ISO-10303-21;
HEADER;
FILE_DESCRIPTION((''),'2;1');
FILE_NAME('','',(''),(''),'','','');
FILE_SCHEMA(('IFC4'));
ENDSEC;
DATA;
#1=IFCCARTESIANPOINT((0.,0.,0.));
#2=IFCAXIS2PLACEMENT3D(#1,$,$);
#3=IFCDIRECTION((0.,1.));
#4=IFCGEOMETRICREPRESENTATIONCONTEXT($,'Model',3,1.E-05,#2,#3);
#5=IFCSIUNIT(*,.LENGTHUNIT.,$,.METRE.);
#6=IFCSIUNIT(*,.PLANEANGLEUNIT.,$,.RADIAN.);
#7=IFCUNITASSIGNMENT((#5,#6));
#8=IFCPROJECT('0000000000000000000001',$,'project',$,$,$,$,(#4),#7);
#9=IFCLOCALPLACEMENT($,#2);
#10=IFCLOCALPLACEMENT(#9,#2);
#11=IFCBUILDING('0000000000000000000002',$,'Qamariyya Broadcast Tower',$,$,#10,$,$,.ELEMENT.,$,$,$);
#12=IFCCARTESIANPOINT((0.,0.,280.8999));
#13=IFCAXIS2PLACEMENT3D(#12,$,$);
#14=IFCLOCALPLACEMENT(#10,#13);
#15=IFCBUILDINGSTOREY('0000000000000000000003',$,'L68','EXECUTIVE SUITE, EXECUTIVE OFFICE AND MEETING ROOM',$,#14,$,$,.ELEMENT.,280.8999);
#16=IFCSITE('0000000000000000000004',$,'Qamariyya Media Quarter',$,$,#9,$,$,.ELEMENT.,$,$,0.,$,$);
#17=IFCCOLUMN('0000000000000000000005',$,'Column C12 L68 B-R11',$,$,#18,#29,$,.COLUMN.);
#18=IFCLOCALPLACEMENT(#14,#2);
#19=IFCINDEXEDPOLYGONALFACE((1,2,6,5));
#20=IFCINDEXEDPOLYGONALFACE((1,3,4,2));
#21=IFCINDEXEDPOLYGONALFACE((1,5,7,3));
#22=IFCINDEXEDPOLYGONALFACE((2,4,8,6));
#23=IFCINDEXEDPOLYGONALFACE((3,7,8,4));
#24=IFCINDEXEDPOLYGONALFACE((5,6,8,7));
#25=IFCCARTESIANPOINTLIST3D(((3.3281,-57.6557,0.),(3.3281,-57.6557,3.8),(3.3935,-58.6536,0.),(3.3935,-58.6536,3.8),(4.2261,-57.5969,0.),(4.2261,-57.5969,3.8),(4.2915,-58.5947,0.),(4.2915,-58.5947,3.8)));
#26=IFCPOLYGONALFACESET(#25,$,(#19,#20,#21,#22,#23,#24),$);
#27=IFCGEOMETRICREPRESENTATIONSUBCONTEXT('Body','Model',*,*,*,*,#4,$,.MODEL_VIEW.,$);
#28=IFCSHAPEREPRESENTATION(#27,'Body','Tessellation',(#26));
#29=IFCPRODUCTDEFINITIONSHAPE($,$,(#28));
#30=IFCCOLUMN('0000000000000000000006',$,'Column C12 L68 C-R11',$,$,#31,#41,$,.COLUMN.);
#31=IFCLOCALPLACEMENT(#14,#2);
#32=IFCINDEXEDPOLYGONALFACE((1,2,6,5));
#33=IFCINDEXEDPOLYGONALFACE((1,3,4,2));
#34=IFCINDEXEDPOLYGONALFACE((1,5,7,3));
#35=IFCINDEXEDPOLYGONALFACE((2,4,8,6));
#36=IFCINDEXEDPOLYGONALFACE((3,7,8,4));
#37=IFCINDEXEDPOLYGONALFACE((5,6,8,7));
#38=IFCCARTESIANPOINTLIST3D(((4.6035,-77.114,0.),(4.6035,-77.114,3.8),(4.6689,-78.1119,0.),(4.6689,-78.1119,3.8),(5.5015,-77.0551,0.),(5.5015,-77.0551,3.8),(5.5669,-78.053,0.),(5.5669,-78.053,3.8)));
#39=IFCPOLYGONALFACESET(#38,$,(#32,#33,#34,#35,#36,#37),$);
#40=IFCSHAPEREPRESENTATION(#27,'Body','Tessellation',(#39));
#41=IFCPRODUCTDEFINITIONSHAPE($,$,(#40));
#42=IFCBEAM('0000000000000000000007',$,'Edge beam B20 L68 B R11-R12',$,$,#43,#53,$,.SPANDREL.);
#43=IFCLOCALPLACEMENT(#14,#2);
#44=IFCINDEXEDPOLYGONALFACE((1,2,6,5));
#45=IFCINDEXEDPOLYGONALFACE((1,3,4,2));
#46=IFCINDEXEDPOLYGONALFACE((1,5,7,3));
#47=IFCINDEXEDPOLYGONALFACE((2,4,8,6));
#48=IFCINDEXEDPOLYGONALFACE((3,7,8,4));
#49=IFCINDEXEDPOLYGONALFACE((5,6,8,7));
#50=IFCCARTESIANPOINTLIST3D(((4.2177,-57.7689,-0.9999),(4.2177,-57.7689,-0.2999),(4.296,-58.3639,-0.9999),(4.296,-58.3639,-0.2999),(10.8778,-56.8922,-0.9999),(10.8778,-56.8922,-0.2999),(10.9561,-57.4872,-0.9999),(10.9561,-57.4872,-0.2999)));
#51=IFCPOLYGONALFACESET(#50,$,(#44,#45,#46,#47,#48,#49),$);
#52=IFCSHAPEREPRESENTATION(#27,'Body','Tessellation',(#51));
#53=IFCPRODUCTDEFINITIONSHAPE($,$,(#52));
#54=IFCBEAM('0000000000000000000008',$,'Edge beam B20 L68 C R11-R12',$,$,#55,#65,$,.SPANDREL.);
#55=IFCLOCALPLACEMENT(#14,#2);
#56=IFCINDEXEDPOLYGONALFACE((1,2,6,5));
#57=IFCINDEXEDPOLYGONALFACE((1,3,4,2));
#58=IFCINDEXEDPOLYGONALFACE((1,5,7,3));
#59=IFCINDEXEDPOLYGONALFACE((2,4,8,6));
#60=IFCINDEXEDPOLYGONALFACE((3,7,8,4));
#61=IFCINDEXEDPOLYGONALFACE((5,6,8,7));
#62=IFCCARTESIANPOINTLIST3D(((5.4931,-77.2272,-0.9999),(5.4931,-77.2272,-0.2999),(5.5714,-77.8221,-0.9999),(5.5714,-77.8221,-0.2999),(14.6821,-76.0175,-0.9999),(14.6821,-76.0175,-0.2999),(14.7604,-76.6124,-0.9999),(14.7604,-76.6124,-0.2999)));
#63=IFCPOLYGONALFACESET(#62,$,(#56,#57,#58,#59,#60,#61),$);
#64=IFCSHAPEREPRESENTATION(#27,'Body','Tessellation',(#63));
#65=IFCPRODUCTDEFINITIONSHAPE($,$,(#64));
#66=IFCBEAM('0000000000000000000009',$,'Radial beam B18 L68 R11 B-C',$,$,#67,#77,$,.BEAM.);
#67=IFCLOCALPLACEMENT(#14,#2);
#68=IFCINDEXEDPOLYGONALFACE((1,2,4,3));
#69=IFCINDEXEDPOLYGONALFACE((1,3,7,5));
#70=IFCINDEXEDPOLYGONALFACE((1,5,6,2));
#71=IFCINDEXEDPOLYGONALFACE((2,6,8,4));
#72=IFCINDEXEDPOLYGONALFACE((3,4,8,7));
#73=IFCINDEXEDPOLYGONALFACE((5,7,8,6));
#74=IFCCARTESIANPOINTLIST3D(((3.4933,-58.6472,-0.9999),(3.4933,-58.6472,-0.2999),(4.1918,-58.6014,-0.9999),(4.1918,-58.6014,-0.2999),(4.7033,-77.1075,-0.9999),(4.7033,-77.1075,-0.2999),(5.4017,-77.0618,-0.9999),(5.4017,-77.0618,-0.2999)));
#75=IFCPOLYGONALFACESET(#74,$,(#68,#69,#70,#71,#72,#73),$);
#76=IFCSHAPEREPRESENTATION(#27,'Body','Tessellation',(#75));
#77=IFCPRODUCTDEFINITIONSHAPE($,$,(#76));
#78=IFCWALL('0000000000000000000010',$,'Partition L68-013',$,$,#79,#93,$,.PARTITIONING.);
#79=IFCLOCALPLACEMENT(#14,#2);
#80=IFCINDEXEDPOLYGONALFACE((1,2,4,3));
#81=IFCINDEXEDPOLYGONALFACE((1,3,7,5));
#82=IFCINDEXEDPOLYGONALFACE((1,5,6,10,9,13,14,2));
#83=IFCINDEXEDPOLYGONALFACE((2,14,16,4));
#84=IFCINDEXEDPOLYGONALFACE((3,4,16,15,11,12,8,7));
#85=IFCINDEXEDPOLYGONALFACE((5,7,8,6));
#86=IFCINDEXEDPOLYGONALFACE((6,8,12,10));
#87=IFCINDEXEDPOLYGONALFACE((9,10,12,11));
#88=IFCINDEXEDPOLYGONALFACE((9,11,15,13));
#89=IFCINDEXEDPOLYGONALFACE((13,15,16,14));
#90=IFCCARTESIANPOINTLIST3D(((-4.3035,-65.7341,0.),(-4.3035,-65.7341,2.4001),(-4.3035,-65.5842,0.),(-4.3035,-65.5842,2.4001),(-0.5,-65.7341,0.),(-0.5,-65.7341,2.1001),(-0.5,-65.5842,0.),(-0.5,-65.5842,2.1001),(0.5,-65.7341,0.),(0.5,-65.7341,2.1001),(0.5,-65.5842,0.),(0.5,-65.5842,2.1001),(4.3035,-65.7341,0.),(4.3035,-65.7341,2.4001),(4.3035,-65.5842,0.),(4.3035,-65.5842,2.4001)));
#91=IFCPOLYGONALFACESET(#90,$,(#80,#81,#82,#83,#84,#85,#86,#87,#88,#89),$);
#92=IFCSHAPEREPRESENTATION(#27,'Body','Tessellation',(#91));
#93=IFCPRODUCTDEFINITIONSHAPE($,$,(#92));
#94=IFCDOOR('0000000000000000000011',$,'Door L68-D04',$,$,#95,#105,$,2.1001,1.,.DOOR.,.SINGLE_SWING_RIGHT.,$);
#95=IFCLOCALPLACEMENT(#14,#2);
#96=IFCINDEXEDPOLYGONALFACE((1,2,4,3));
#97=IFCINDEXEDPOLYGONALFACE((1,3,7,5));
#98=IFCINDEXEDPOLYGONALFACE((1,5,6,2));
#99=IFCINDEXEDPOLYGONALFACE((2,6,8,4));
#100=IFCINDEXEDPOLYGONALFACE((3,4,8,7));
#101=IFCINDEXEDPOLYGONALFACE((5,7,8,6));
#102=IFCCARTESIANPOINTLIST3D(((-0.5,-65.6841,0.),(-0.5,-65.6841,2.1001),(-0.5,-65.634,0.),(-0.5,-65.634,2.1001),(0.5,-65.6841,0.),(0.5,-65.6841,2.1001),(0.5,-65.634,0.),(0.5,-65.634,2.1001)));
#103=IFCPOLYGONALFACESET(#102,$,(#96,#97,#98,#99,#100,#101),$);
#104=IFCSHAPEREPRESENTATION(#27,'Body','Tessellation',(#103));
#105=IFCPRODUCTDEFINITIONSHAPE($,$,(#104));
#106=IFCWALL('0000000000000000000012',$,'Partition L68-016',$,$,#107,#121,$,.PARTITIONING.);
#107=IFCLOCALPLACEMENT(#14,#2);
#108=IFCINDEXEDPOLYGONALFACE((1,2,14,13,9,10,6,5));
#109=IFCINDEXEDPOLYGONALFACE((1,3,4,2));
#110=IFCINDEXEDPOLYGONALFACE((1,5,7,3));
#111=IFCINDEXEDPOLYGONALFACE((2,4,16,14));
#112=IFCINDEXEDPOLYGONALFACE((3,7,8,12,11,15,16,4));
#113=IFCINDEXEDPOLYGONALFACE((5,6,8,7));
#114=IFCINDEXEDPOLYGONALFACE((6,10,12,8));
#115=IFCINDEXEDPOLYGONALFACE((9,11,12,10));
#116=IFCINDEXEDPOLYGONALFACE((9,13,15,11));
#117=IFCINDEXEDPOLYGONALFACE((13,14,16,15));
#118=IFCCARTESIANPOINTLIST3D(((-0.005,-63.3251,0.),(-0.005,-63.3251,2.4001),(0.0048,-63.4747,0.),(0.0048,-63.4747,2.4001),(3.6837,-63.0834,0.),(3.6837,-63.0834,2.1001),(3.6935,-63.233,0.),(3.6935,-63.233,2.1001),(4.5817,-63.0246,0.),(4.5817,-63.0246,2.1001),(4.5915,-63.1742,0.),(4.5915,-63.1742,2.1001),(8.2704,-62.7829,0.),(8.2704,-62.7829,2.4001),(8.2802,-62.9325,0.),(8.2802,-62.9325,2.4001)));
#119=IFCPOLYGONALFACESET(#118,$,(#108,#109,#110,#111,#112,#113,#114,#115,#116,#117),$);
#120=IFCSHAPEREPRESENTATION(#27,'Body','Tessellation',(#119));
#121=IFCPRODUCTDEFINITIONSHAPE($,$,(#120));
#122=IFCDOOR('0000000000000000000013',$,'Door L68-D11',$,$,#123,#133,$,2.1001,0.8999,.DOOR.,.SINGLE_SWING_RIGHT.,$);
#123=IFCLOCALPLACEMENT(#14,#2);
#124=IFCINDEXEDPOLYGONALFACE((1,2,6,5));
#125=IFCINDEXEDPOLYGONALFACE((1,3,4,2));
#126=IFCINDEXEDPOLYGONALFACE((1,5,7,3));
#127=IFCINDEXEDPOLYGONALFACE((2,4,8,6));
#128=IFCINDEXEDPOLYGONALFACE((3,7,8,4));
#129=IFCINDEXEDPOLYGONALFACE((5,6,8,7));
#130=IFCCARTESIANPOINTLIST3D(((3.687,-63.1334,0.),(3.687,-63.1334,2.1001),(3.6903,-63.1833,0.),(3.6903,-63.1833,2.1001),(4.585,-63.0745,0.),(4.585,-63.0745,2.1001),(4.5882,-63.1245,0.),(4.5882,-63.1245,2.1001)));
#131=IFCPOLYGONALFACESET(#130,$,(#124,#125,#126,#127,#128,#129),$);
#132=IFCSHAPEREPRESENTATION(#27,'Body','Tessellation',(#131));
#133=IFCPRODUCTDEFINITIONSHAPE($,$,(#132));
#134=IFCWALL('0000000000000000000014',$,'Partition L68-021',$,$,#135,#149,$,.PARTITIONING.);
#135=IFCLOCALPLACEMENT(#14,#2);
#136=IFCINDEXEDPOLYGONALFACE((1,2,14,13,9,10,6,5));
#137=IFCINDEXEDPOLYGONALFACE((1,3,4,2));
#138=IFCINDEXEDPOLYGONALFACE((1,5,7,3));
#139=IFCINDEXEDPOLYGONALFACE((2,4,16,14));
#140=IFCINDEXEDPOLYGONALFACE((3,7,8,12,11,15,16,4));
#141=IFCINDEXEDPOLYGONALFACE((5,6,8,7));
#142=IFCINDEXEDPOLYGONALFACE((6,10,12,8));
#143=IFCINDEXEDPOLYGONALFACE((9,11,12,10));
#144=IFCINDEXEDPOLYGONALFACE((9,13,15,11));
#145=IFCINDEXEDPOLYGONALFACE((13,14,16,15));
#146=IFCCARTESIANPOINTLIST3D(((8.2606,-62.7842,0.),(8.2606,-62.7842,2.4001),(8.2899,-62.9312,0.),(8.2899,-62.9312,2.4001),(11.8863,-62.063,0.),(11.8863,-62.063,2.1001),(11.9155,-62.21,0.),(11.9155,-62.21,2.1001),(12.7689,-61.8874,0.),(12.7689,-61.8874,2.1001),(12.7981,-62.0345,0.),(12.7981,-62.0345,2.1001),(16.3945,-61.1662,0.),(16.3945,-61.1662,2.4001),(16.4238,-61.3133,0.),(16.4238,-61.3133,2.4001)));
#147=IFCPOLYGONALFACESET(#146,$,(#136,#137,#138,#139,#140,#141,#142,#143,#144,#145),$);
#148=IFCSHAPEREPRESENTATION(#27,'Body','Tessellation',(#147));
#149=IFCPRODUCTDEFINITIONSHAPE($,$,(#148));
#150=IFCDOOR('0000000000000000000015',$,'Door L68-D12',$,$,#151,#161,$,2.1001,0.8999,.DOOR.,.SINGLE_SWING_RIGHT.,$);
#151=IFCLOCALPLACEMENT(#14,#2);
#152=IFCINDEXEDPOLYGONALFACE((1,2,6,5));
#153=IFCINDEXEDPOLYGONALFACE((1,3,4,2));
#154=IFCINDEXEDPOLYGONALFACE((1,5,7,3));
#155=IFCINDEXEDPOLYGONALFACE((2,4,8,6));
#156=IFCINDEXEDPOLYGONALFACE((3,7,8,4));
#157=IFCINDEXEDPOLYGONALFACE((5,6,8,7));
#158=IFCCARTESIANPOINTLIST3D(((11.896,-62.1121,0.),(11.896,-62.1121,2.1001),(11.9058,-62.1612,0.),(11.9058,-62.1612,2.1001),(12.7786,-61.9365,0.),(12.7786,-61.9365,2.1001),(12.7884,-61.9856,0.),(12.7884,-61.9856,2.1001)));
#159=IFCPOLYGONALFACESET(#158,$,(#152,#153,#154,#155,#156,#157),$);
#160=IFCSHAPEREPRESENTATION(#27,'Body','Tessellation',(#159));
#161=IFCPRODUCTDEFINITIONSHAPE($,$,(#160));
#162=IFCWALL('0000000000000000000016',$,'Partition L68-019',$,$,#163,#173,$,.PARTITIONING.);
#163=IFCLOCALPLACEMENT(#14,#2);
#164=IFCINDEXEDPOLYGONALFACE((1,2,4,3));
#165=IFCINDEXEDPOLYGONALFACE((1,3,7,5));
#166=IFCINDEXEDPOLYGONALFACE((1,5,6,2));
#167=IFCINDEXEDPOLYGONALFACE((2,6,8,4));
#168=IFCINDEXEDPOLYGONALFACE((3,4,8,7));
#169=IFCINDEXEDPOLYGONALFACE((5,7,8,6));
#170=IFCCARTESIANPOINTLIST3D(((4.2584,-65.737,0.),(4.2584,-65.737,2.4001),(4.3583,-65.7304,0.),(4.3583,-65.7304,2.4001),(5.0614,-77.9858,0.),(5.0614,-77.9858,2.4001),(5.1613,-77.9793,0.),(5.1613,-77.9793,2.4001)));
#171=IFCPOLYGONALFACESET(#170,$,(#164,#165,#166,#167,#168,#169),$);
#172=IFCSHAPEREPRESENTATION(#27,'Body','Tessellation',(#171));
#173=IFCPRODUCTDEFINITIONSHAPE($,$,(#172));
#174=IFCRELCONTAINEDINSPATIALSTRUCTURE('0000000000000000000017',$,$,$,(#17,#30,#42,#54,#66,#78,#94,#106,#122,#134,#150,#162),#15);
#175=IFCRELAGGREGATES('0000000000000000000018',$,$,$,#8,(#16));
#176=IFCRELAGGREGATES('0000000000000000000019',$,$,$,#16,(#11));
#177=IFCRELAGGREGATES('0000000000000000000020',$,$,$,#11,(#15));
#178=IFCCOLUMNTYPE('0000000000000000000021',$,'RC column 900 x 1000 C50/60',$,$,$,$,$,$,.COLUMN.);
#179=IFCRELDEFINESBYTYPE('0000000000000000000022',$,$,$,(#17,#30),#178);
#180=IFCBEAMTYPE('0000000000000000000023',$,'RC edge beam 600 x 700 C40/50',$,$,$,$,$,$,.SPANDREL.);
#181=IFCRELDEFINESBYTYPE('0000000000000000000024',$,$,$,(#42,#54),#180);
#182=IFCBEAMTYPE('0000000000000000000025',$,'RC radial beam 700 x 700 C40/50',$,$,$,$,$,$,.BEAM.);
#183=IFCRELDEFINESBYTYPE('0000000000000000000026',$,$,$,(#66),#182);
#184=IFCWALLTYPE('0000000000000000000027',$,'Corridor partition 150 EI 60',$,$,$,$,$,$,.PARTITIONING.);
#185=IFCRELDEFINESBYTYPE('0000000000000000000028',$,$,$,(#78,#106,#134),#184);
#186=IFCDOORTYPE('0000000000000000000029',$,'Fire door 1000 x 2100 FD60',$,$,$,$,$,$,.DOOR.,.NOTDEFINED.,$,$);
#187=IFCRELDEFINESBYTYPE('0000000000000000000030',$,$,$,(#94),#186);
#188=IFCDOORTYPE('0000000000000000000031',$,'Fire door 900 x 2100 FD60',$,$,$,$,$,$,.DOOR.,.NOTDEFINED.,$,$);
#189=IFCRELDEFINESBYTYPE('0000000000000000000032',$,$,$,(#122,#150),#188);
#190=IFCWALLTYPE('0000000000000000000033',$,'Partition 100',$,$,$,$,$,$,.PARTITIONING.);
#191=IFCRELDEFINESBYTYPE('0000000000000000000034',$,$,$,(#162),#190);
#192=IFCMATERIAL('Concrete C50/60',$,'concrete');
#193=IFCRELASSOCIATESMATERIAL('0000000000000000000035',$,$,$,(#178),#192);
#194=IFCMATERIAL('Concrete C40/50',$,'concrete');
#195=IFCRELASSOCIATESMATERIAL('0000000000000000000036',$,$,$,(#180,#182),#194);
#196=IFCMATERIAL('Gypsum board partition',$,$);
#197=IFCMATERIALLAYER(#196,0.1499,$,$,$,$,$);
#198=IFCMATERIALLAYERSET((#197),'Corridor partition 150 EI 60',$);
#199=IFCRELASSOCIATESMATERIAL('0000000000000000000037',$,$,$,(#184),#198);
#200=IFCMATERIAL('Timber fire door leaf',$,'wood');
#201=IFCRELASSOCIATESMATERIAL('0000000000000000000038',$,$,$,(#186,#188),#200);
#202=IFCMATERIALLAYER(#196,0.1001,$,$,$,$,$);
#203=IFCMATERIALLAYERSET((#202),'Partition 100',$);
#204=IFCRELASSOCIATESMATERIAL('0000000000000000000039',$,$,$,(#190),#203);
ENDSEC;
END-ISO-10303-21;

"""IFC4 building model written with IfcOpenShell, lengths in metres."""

from ifc_helpers import new_model, si_unit, direction, frame, frame_2d, origin, origin_2d, place, context, subcontext, project, spatial, rectangle, extrude, material, layer, layer_set, material_profile, profile_set, type_object, element, fill, save


model = new_model("IFC4")

# Units and contexts
model_context = context("Model", 3, precision=1e-05, world=origin(), true_north=direction((0.0, 1.0)))
body_context = subcontext(model_context, "Body", "Model", "MODEL_VIEW")
ifc_project = project(units=[si_unit("LENGTHUNIT", "METRE"), si_unit("PLANEANGLEUNIT", "RADIAN")], contexts=[model_context])

# Site, building, storey
site_placement = place(None, origin())
site = spatial("IfcSite", under=ifc_project, at=site_placement, Name="Qamariyya Media Quarter", CompositionType="ELEMENT", RefElevation=0.0)
building_placement = place(site_placement, origin())
building = spatial("IfcBuilding", under=site, at=building_placement, Name="Qamariyya Broadcast Tower", CompositionType="ELEMENT")
storey_placement = place(building_placement, frame((0.0, 0.0, 280.8999)))
storey = spatial("IfcBuildingStorey", under=building, at=storey_placement, Name="L68", Description="EXECUTIVE SUITE, EXECUTIVE OFFICE AND MEETING ROOM", CompositionType="ELEMENT", Elevation=280.8999)

# Columns
ifc_material_1 = material(Name="Concrete C50/60", Category="concrete")
ifc_material_profile_1 = material_profile(ifc_material_1, rectangle(XDim=0.8999, YDim=1.0, at=origin_2d()))
ifc_profile_set_1 = profile_set([ifc_material_profile_1], Name="Concrete C50/60")
column_type = type_object("IfcColumnType", Name="RC column 900 x 1000 C50/60", PredefinedType="COLUMN", material=ifc_profile_set_1)
for number, where, z_axis, x_axis, name in (
    (1, (3.8098, -58.1252, 0.0), (0.0, 0.0, 1.0), (0.997859, 0.065403, 0.0), "Column C12 L68 B-R11"),
    (2, (5.0852, -77.5835, 0.0), (0.0, 0.0, 1.0), (0.997859, 0.065403, 0.0), "Column C12 L68 C-R11"),
):
    element("IfcColumn", number, at=place(storey_placement, frame(where, z_axis=z_axis, x_axis=x_axis)), inside=storey, type_object=column_type, Name=name, PredefinedType="COLUMN", context=body_context, shape_type="SweptSolid", body=[
        extrude(rectangle(XDim=0.8999, YDim=1.0, at=origin_2d()), origin(), (0.0, 0.0, 1.0), 3.8),
    ])

# Beams
ifc_material_2 = material(Name="Concrete C40/50", Category="concrete")
ifc_material_profile_2 = material_profile(ifc_material_2, rectangle(XDim=0.6001, YDim=0.7, at=origin_2d()))
ifc_profile_set_2 = profile_set([ifc_material_profile_2], Name="Concrete C40/50")
beam_type_1 = type_object("IfcBeamType", Name="RC edge beam 600 x 700 C40/50", PredefinedType="SPANDREL", material=ifc_profile_set_2)
beam_1_placement = place(storey_placement, frame((4.2568, -58.0664, -0.6499), z_axis=(0.991447, 0.130509, 0.0), x_axis=(-0.130509, 0.991447, 0.0)))
element("IfcBeam", 3, at=beam_1_placement, inside=storey, type_object=beam_type_1, Name="Edge beam B20 L68 B R11-R12", PredefinedType="SPANDREL", context=body_context, shape_type="SweptSolid", body=[
    extrude(rectangle(XDim=0.6001, YDim=0.7, at=origin_2d()), origin(), (0.0, 0.0, 1.0), 6.7175),
])
beam_2_placement = place(storey_placement, frame((5.5322, -77.5247, -0.6499), z_axis=(0.991445, 0.130523, 0.0), x_axis=(-0.130523, 0.991445, 0.0)))
element("IfcBeam", 4, at=beam_2_placement, inside=storey, type_object=beam_type_1, Name="Edge beam B20 L68 C R11-R12", PredefinedType="SPANDREL", context=body_context, shape_type="SweptSolid", body=[
    extrude(rectangle(XDim=0.6001, YDim=0.7, at=origin_2d()), origin(), (0.0, 0.0, 1.0), 9.2683),
])
ifc_material_profile_3 = material_profile(ifc_material_2, rectangle(XDim=0.7, YDim=0.7, at=origin_2d()))
ifc_profile_set_3 = profile_set([ifc_material_profile_3], Name="Concrete C40/50")
beam_type_2 = type_object("IfcBeamType", Name="RC radial beam 700 x 700 C40/50", PredefinedType="BEAM", material=ifc_profile_set_3)
beam_3_placement = place(storey_placement, frame((3.8425, -58.6243, -0.6499), z_axis=(0.065403, -0.997859, 0.0), x_axis=(0.997859, 0.065403, 0.0)))
element("IfcBeam", 5, at=beam_3_placement, inside=storey, type_object=beam_type_2, Name="Radial beam B18 L68 R11 B-C", PredefinedType="BEAM", context=body_context, shape_type="SweptSolid", body=[
    extrude(rectangle(XDim=0.7, YDim=0.7, at=origin_2d()), origin(), (0.0, 0.0, 1.0), 18.5),
])

# Walls, openings, doors
ifc_material_3 = material(Name="Gypsum board partition")
ifc_layer_1 = layer(ifc_material_3, 0.1499)
ifc_layer_set_1 = layer_set([ifc_layer_1], Name="Corridor partition 150 EI 60")
wall_type_1 = type_object("IfcWallType", Name="Corridor partition 150 EI 60", PredefinedType="PARTITIONING", material=ifc_layer_set_1)
wall_1_placement = place(storey_placement, frame((4.3035, -65.6592, 0.0), z_axis=(0.0, 0.0, 1.0), x_axis=(-1.0, 0.0, 0.0)))
wall_1 = element("IfcWall", 6, at=wall_1_placement, inside=storey, type_object=wall_type_1, Name="Partition L68-013", PredefinedType="PARTITIONING", context=body_context, shape_type="SweptSolid", body=[
    extrude(rectangle(XDim=8.6069, YDim=0.1499, at=frame_2d((4.3035, 0.0))), origin(), (0.0, 0.0, 1.0), 2.4001),
])
opening_1_placement = place(wall_1_placement, frame((3.8035, 0.0, 0.0)))
opening_1 = element("IfcOpeningElement", 7, at=opening_1_placement, cuts=wall_1, PredefinedType="OPENING", context=body_context, shape_type="SweptSolid", body=[
    extrude(rectangle(XDim=1.0, YDim=2.1001, at=frame_2d((0.5, 1.05))), frame((0.0, 0.085, 0.0), z_axis=(0.0, -1.0, 0.0), x_axis=(1.0, 0.0, 0.0)), (0.0, 0.0, 1.0), 0.1699),
])
ifc_material_4 = material(Name="Timber fire door leaf", Category="wood")
door_type_1 = type_object("IfcDoorType", Name="Fire door 1000 x 2100 FD60", OperationType="NOTDEFINED", PredefinedType="DOOR", material=ifc_material_4)
door_1_placement = place(opening_1_placement, origin())
door_1 = element("IfcDoor", 8, at=door_1_placement, inside=storey, type_object=door_type_1, Name="Door L68-D04", OperationType="SINGLE_SWING_RIGHT", OverallHeight=2.1001, OverallWidth=1.0, PredefinedType="DOOR", context=body_context, shape_type="SweptSolid", body=[
    extrude(rectangle(XDim=1.0, YDim=2.1001, at=frame_2d((0.5, 1.05))), frame((0.0, 0.0249, 0.0), z_axis=(0.0, -1.0, 0.0), x_axis=(1.0, 0.0, 0.0)), (0.0, 0.0, 1.0), 0.05),
])
fill(opening_1, door_1)
wall_2_placement = place(storey_placement, frame((0.0, -63.3999, 0.0), z_axis=(0.0, 0.0, 1.0), x_axis=(0.99786, 0.065384, 0.0)))
wall_2 = element("IfcWall", 9, at=wall_2_placement, inside=storey, type_object=wall_type_1, Name="Partition L68-016", PredefinedType="PARTITIONING", context=body_context, shape_type="SweptSolid", body=[
    extrude(rectangle(XDim=8.2932, YDim=0.1499, at=frame_2d((4.1465, 0.0))), origin(), (0.0, 0.0, 1.0), 2.4001),
])
opening_2_placement = place(wall_2_placement, frame((3.6965, 0.0, 0.0)))
opening_2 = element("IfcOpeningElement", 10, at=opening_2_placement, cuts=wall_2, PredefinedType="OPENING", context=body_context, shape_type="SweptSolid", body=[
    extrude(rectangle(XDim=0.8999, YDim=2.1001, at=frame_2d((0.45, 1.05))), frame((0.0, 0.085, 0.0), z_axis=(0.0, -1.0, 0.0), x_axis=(1.0, 0.0, 0.0)), (0.0, 0.0, 1.0), 0.1699),
])
door_type_2 = type_object("IfcDoorType", Name="Fire door 900 x 2100 FD60", OperationType="NOTDEFINED", PredefinedType="DOOR", material=ifc_material_4)
door_2_placement = place(opening_2_placement, origin())
door_2 = element("IfcDoor", 11, at=door_2_placement, inside=storey, type_object=door_type_2, Name="Door L68-D11", OperationType="SINGLE_SWING_RIGHT", OverallHeight=2.1001, OverallWidth=0.8999, PredefinedType="DOOR", context=body_context, shape_type="SweptSolid", body=[
    extrude(rectangle(XDim=0.8999, YDim=2.1001, at=frame_2d((0.45, 1.05))), frame((0.0, 0.0249, 0.0), z_axis=(0.0, -1.0, 0.0), x_axis=(1.0, 0.0, 0.0)), (0.0, 0.0, 1.0), 0.05),
])
fill(opening_2, door_2)
wall_3_placement = place(storey_placement, frame((8.2754, -62.8577, 0.0), z_axis=(0.0, 0.0, 1.0), x_axis=(0.980785, 0.195091, 0.0)))
wall_3 = element("IfcWall", 12, at=wall_3_placement, inside=storey, type_object=wall_type_1, Name="Partition L68-021", PredefinedType="PARTITIONING", context=body_context, shape_type="SweptSolid", body=[
    extrude(rectangle(XDim=8.2932, YDim=0.1499, at=frame_2d((4.1465, 0.0))), origin(), (0.0, 0.0, 1.0), 2.4001),
])
opening_3_placement = place(wall_3_placement, frame((3.6965, 0.0, 0.0)))
opening_3 = element("IfcOpeningElement", 13, at=opening_3_placement, cuts=wall_3, PredefinedType="OPENING", context=body_context, shape_type="SweptSolid", body=[
    extrude(rectangle(XDim=0.8999, YDim=2.1001, at=frame_2d((0.45, 1.05))), frame((0.0, 0.085, 0.0), z_axis=(0.0, -1.0, 0.0), x_axis=(1.0, 0.0, 0.0)), (0.0, 0.0, 1.0), 0.1699),
])
door_3_placement = place(opening_3_placement, origin())
door_3 = element("IfcDoor", 14, at=door_3_placement, inside=storey, type_object=door_type_2, Name="Door L68-D12", OperationType="SINGLE_SWING_RIGHT", OverallHeight=2.1001, OverallWidth=0.8999, PredefinedType="DOOR", context=body_context, shape_type="SweptSolid", body=[
    extrude(rectangle(XDim=0.8999, YDim=2.1001, at=frame_2d((0.45, 1.05))), frame((0.0, 0.0249, 0.0), z_axis=(0.0, -1.0, 0.0), x_axis=(1.0, 0.0, 0.0)), (0.0, 0.0, 1.0), 0.05),
])
fill(opening_3, door_3)

# Wall
ifc_layer_2 = layer(ifc_material_3, 0.1001)
ifc_layer_set_2 = layer_set([ifc_layer_2], Name="Partition 100")
wall_type_2 = type_object("IfcWallType", Name="Partition 100", PredefinedType="PARTITIONING", material=ifc_layer_set_2)
wall_4_placement = place(storey_placement, frame((5.1113, -77.9827, 0.0), z_axis=(0.0, 0.0, 1.0), x_axis=(-0.065415, 0.997858, 0.0)))
element("IfcWall", 15, at=wall_4_placement, inside=storey, type_object=wall_type_2, Name="Partition L68-019", PredefinedType="PARTITIONING", context=body_context, shape_type="SweptSolid", body=[
    extrude(rectangle(XDim=12.2751, YDim=0.1001, at=frame_2d((6.1377, 0.0))), origin(), (0.0, 0.0, 1.0), 2.4001),
])

save(model, "model.ifc")
